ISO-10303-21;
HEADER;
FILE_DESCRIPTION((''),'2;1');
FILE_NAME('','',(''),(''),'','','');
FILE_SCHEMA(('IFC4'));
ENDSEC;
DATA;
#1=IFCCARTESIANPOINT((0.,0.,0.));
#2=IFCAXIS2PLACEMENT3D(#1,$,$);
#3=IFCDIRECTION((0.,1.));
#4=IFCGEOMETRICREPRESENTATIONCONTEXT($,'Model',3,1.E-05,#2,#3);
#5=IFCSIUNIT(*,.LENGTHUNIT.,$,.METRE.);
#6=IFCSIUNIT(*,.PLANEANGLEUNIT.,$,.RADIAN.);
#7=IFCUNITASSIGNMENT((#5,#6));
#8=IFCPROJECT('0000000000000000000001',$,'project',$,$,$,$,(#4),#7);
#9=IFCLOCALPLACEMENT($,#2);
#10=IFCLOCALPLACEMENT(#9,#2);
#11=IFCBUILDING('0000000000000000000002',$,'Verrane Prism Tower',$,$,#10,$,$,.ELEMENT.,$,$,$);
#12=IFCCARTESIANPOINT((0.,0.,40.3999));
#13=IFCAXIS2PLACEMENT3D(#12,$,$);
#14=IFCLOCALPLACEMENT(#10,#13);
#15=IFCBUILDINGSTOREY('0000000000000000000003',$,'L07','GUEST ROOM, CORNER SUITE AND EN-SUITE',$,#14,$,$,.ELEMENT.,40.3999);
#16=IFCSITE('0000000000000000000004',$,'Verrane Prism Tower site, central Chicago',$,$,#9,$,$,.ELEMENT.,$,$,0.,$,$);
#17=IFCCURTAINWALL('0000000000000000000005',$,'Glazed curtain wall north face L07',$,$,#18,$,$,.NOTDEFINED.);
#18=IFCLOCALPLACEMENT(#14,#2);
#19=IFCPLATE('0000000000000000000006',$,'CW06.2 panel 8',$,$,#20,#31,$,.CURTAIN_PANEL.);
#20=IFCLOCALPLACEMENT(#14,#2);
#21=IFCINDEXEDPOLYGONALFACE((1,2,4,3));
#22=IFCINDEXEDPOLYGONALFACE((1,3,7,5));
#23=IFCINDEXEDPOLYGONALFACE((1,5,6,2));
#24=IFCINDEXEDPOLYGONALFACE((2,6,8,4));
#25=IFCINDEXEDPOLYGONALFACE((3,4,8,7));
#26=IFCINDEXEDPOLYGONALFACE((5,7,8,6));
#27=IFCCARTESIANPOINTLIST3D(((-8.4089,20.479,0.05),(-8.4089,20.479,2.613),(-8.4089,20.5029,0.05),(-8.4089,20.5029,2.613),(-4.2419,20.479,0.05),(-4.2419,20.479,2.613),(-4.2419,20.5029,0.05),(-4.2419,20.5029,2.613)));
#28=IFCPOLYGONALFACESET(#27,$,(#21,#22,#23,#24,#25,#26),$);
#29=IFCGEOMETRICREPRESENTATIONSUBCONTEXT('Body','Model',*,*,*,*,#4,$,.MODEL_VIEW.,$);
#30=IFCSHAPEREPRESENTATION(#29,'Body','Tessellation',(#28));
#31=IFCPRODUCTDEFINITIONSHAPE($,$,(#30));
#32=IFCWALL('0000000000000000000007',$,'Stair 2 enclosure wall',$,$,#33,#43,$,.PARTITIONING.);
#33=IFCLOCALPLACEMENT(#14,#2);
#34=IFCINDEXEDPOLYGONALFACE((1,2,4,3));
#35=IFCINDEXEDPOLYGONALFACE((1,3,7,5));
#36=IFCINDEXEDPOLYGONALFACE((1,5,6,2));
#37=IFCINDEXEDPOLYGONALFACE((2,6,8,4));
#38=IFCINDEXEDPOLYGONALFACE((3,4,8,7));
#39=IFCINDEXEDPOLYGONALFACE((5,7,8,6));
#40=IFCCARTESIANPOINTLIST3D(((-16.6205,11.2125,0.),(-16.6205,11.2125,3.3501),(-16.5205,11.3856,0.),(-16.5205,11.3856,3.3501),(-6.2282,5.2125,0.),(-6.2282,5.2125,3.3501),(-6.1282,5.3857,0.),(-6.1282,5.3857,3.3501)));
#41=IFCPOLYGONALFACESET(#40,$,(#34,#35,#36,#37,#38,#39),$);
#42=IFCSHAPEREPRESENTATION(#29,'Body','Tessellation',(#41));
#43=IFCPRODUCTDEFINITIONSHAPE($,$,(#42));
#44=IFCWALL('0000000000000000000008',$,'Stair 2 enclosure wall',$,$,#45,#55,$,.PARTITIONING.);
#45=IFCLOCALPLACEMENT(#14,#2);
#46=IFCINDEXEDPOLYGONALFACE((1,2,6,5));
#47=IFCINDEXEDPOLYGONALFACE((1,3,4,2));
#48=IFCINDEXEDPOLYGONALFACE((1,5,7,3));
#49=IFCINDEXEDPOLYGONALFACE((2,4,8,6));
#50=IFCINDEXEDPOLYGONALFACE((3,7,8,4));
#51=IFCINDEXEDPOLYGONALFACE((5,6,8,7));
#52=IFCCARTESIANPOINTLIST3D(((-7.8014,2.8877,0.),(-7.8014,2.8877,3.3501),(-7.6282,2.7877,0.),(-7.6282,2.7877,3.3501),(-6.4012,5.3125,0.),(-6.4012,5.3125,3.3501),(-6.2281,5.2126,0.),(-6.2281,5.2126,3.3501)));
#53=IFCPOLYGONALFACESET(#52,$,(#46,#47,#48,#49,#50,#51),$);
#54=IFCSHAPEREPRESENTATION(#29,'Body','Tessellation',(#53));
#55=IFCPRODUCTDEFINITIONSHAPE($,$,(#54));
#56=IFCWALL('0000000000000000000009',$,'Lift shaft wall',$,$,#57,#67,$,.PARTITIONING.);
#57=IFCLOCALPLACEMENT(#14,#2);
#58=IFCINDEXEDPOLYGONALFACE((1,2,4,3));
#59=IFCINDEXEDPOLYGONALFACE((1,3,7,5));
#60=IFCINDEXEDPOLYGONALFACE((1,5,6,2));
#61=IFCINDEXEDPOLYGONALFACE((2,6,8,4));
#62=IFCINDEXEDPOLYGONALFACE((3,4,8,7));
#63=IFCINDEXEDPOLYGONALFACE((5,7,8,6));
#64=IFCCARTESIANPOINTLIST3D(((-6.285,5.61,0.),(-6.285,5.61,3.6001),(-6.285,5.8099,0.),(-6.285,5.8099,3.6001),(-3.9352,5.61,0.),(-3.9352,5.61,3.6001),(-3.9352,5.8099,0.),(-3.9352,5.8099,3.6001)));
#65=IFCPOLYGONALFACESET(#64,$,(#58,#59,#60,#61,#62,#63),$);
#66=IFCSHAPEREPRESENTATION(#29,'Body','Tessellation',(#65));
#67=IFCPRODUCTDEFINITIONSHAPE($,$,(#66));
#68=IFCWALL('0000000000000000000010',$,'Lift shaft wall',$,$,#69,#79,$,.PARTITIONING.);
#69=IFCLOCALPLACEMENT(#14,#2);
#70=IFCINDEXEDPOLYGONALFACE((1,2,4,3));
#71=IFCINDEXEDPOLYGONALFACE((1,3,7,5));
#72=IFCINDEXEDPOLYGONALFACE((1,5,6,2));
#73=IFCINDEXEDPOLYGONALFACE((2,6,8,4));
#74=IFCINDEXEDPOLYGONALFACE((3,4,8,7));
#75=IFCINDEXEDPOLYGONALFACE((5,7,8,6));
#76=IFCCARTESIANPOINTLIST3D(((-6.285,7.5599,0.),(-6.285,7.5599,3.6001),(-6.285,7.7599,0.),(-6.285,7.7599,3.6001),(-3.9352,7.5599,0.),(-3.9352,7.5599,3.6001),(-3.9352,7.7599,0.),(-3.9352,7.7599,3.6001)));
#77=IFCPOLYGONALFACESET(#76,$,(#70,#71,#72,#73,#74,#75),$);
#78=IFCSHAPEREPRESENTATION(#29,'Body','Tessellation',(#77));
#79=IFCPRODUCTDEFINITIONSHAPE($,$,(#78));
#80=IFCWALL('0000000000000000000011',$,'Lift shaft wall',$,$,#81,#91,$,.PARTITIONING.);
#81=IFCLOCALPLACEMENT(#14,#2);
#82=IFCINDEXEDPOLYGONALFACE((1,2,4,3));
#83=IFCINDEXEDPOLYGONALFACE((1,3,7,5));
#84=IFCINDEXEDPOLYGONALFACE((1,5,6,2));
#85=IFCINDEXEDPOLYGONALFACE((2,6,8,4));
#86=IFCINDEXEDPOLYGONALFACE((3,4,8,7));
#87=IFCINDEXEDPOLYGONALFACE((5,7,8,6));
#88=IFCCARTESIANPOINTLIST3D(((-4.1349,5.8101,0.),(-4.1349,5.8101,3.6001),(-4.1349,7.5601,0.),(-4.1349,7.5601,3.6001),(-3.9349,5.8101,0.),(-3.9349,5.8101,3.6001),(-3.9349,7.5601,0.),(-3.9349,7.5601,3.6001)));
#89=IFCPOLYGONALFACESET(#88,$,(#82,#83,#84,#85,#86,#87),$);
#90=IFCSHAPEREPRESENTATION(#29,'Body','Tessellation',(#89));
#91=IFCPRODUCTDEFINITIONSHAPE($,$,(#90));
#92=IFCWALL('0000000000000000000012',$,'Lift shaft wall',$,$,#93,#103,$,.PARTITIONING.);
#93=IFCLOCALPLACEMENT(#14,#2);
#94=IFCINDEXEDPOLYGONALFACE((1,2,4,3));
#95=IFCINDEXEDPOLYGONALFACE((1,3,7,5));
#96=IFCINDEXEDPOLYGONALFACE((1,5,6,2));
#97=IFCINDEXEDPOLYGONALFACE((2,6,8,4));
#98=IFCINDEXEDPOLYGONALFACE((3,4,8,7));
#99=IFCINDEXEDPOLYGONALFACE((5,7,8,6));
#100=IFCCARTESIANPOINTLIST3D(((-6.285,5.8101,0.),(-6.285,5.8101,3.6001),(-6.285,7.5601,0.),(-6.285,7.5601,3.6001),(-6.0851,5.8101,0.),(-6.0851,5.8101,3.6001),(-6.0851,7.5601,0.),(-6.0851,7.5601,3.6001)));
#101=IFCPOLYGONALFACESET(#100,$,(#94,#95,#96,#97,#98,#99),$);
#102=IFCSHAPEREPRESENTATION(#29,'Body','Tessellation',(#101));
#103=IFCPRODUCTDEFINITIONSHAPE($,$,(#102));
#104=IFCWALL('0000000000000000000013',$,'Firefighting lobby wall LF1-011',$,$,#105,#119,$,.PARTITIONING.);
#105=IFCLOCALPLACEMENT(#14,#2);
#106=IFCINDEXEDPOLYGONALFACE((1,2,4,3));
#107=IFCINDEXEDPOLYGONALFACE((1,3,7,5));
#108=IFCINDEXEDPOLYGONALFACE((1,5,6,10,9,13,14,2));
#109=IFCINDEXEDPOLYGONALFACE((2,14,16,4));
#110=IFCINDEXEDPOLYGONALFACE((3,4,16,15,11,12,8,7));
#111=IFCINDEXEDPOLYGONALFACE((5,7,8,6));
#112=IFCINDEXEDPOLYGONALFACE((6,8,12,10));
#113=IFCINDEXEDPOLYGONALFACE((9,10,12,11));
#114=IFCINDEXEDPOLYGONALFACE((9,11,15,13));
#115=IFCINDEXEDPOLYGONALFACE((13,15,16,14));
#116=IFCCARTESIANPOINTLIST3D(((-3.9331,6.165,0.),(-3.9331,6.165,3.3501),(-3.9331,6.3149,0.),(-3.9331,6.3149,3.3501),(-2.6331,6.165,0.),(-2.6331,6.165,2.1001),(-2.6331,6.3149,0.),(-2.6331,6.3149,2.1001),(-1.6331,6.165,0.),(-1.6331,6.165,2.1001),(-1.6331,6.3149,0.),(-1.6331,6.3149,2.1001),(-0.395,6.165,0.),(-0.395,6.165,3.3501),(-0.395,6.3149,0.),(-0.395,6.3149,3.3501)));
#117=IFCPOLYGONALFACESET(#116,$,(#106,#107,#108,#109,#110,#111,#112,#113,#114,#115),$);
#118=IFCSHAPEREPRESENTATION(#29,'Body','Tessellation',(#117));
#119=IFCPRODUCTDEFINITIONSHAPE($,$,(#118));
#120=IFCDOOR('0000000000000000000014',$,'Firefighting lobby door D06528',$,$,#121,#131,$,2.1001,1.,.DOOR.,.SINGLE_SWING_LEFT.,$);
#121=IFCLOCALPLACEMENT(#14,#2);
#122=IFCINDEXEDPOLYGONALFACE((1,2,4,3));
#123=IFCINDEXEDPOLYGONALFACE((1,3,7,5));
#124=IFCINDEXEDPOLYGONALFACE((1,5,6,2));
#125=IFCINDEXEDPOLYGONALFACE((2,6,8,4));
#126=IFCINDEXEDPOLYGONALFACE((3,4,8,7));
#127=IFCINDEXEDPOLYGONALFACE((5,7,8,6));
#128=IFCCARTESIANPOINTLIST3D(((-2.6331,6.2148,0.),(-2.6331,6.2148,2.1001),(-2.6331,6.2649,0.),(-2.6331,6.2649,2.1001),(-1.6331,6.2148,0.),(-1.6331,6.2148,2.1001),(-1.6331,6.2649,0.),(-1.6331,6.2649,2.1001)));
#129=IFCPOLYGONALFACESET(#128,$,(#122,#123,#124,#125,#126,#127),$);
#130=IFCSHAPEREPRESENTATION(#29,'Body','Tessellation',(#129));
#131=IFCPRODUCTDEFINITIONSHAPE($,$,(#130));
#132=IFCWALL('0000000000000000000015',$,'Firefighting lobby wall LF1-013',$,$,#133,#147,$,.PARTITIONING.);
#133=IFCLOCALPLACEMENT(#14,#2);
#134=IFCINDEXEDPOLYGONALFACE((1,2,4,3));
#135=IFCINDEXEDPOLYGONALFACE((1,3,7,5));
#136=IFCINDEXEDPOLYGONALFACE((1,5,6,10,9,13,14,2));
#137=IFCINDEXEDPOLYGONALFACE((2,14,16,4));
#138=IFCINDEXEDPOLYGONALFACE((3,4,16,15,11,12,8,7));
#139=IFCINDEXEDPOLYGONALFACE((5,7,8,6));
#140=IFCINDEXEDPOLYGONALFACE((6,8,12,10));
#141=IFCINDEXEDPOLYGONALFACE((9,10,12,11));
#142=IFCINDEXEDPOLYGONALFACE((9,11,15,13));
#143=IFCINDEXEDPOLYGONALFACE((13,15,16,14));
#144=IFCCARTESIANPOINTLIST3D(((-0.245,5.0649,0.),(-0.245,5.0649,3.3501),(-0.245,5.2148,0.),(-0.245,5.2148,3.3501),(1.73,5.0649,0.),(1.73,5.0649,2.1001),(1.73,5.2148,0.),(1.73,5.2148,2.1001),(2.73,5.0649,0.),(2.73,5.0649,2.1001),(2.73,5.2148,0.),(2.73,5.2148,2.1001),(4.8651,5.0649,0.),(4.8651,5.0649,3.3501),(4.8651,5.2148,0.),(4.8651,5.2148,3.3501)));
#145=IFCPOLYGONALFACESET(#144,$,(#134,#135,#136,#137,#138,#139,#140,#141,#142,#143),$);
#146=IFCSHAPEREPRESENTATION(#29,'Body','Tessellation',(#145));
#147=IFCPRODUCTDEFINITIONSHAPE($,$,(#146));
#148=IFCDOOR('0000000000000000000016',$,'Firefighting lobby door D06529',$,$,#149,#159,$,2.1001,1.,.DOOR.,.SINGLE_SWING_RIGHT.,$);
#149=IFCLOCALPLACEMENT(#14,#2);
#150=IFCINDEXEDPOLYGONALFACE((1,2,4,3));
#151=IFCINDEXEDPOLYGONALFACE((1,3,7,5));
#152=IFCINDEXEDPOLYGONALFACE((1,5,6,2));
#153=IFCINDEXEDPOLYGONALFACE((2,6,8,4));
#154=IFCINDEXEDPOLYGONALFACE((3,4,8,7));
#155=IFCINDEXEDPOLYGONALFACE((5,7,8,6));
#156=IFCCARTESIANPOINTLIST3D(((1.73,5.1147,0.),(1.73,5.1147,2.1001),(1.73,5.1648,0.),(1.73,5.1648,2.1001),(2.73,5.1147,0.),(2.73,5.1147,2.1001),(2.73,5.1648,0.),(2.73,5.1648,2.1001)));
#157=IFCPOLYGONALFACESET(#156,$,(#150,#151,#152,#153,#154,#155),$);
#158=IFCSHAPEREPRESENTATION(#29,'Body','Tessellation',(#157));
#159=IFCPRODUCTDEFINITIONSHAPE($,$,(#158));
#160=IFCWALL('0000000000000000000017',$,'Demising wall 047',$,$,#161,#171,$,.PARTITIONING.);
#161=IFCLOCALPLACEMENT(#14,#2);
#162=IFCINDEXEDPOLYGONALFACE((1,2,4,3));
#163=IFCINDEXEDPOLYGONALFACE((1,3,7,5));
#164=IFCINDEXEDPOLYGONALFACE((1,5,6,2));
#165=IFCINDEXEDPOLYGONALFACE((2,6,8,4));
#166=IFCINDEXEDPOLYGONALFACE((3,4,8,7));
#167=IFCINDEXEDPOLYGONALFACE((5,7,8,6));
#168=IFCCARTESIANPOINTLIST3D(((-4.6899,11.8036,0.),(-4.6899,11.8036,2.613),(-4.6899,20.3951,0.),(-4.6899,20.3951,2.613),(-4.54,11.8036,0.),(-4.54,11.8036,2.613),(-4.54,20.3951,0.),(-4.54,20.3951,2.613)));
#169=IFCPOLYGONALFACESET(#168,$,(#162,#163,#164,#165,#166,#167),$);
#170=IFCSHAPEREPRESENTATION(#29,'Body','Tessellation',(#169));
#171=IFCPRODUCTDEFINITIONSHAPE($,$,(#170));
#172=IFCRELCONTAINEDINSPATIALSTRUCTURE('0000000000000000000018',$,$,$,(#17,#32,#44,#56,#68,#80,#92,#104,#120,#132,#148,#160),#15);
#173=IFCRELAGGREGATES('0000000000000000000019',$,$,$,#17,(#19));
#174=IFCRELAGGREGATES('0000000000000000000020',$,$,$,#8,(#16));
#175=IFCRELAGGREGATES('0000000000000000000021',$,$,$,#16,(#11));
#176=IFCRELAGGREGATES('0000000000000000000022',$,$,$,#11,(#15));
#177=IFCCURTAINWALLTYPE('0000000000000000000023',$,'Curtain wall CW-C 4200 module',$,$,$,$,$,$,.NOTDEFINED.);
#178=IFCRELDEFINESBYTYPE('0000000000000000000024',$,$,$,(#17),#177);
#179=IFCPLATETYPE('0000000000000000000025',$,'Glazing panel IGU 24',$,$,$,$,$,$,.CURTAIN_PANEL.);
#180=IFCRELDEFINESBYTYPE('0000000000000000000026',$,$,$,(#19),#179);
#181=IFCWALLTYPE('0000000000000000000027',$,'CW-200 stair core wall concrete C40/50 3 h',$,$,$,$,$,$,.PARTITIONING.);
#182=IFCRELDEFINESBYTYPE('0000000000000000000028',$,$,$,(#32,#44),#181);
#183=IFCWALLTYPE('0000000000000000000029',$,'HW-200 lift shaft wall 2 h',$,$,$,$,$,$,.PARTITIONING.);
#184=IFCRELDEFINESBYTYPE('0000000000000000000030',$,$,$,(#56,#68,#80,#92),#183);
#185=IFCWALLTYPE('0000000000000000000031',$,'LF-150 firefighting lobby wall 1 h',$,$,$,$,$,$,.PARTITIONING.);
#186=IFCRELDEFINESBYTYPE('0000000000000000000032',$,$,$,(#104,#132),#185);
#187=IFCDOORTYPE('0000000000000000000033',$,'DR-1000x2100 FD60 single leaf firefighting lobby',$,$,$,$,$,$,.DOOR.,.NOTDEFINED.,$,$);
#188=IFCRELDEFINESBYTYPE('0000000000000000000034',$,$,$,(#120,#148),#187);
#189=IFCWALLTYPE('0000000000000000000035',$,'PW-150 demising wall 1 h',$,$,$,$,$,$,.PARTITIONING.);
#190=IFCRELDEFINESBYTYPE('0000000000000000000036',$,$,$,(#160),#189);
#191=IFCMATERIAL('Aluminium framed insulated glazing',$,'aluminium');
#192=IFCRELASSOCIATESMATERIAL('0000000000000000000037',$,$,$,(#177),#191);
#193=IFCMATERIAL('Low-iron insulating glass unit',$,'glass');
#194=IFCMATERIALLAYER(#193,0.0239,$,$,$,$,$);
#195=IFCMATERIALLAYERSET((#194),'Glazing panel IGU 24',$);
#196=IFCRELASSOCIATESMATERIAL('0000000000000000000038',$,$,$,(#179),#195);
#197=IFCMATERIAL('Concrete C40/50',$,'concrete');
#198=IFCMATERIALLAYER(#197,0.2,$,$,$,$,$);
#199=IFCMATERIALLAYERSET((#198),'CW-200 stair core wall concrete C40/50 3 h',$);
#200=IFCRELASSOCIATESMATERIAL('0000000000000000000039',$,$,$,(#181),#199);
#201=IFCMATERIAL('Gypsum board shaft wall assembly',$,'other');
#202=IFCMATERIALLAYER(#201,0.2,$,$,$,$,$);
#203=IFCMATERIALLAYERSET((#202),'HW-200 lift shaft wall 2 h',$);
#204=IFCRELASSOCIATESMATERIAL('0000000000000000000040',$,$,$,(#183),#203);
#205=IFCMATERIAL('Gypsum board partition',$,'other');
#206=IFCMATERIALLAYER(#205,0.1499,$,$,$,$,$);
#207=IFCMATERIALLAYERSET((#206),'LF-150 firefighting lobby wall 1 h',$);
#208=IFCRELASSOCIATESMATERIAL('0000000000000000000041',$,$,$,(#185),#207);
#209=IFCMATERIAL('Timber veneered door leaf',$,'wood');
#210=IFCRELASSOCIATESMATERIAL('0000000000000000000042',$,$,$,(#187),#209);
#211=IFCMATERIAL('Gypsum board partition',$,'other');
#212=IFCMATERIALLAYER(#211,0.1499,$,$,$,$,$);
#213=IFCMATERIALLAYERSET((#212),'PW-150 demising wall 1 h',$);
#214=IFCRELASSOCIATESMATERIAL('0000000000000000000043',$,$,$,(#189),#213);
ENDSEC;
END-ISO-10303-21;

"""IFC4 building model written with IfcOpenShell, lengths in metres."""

from ifc_helpers import new_model, si_unit, direction, frame, frame_2d, origin, origin_2d, place, context, subcontext, project, spatial, rectangle, extrude, material, layer, layer_set, type_object, element, fill, aggregate, save


model = new_model("IFC4")

# Units and contexts
model_context = context("Model", 3, precision=1e-05, world=origin(), true_north=direction((0.0, 1.0)))
body_context = subcontext(model_context, "Body", "Model", "MODEL_VIEW")
ifc_project = project(units=[si_unit("LENGTHUNIT", "METRE"), si_unit("PLANEANGLEUNIT", "RADIAN")], contexts=[model_context])

# Site, building, storey
site_placement = place(None, origin())
site = spatial("IfcSite", under=ifc_project, at=site_placement, Name="Verrane Prism Tower site, central Chicago", CompositionType="ELEMENT", RefElevation=0.0)
building_placement = place(site_placement, origin())
building = spatial("IfcBuilding", under=site, at=building_placement, Name="Verrane Prism Tower", CompositionType="ELEMENT")
storey_placement = place(building_placement, frame((0.0, 0.0, 40.3999)))
storey = spatial("IfcBuildingStorey", under=building, at=storey_placement, Name="L07", Description="GUEST ROOM, CORNER SUITE AND EN-SUITE", CompositionType="ELEMENT", Elevation=40.3999)

# Curtain wall
ifc_material_1 = material(Name="Aluminium framed insulated glazing", Category="aluminium")
curtain_wall_type = type_object("IfcCurtainWallType", Name="Curtain wall CW-C 4200 module", PredefinedType="NOTDEFINED", material=ifc_material_1)
curtain_wall_placement = place(storey_placement, origin())
curtain_wall = element("IfcCurtainWall", 1, at=curtain_wall_placement, inside=storey, type_object=curtain_wall_type, Name="Glazed curtain wall north face L07", PredefinedType="NOTDEFINED")

# Plate
ifc_material_2 = material(Name="Low-iron insulating glass unit", Category="glass")
ifc_layer_1 = layer(ifc_material_2, 0.0239)
ifc_layer_set_1 = layer_set([ifc_layer_1], Name="Glazing panel IGU 24")
plate_type = type_object("IfcPlateType", Name="Glazing panel IGU 24", PredefinedType="CURTAIN_PANEL", material=ifc_layer_set_1)
plate_1_placement = place(storey_placement, frame((-6.3254, 20.491, 0.05), z_axis=(0.0, 0.0, 1.0), x_axis=(-1.0, 0.0, 0.0)))
plate_1 = element("IfcPlate", 2, at=plate_1_placement, type_object=plate_type, Name="CW06.2 panel 8", PredefinedType="CURTAIN_PANEL", context=body_context, shape_type="SweptSolid", body=[
    extrude(rectangle(XDim=4.167, YDim=0.0239, at=origin_2d()), origin(), (0.0, 0.0, 1.0), 2.563),
])
aggregate(curtain_wall, [plate_1])

# Walls
ifc_material_3 = material(Name="Concrete C40/50", Category="concrete")
ifc_layer_2 = layer(ifc_material_3, 0.2)
ifc_layer_set_2 = layer_set([ifc_layer_2], Name="CW-200 stair core wall concrete C40/50 3 h")
wall_type_1 = type_object("IfcWallType", Name="CW-200 stair core wall concrete C40/50 3 h", PredefinedType="PARTITIONING", material=ifc_layer_set_2)
wall_1_placement = place(storey_placement, frame((-6.1782, 5.2991, 0.0), z_axis=(0.0, 0.0, 1.0), x_axis=(-0.866026, 0.499999, 0.0)))
element("IfcWall", 3, at=wall_1_placement, inside=storey, type_object=wall_type_1, Name="Stair 2 enclosure wall", PredefinedType="PARTITIONING", context=body_context, shape_type="SweptSolid", body=[
    extrude(rectangle(XDim=12.0, YDim=0.2, at=frame_2d((6.0, 0.0))), origin(), (0.0, 0.0, 1.0), 3.3501),
])
wall_2_placement = place(storey_placement, frame((-6.3147, 5.2625, 0.0), z_axis=(0.0, 0.0, 1.0), x_axis=(-0.50005, -0.865997, 0.0)))
element("IfcWall", 4, at=wall_2_placement, inside=storey, type_object=wall_type_1, Name="Stair 2 enclosure wall", PredefinedType="PARTITIONING", context=body_context, shape_type="SweptSolid", body=[
    extrude(rectangle(XDim=2.8, YDim=0.2, at=frame_2d((1.3999, 0.0))), origin(), (0.0, 0.0, 1.0), 3.3501),
])
ifc_material_4 = material(Name="Gypsum board shaft wall assembly", Category="other")
ifc_layer_3 = layer(ifc_material_4, 0.2)
ifc_layer_set_3 = layer_set([ifc_layer_3], Name="HW-200 lift shaft wall 2 h")
wall_type_2 = type_object("IfcWallType", Name="HW-200 lift shaft wall 2 h", PredefinedType="PARTITIONING", material=ifc_layer_set_3)
for number, where, z_axis, x_axis, name in (
    (5, (-6.2849, 5.71, 0.0), (0.0, 0.0, 1.0), (1.0, 0.0, 0.0), "Lift shaft wall"),
    (6, (-6.2849, 7.6599, 0.0), (0.0, 0.0, 1.0), (1.0, 0.0, 0.0), "Lift shaft wall"),
):
    element("IfcWall", number, at=place(storey_placement, frame(where, z_axis=z_axis, x_axis=x_axis)), inside=storey, type_object=wall_type_2, Name=name, PredefinedType="PARTITIONING", context=body_context, shape_type="SweptSolid", body=[
        extrude(rectangle(XDim=2.3499, YDim=0.2, at=frame_2d((1.1748, 0.0))), origin(), (0.0, 0.0, 1.0), 3.6001),
    ])
for number, where, z_axis, x_axis, name in (
    (7, (-4.0349, 5.8101, 0.0), (0.0, 0.0, 1.0), (0.0, 1.0, 0.0), "Lift shaft wall"),
    (8, (-6.1851, 5.8101, 0.0), (0.0, 0.0, 1.0), (0.0, 1.0, 0.0), "Lift shaft wall"),
):
    element("IfcWall", number, at=place(storey_placement, frame(where, z_axis=z_axis, x_axis=x_axis)), inside=storey, type_object=wall_type_2, Name=name, PredefinedType="PARTITIONING", context=body_context, shape_type="SweptSolid", body=[
        extrude(rectangle(XDim=1.75, YDim=0.2, at=frame_2d((0.875, 0.0))), origin(), (0.0, 0.0, 1.0), 3.6001),
    ])

# Walls, openings, doors
ifc_material_5 = material(Name="Gypsum board partition", Category="other")
ifc_layer_4 = layer(ifc_material_5, 0.1499)
ifc_layer_set_4 = layer_set([ifc_layer_4], Name="LF-150 firefighting lobby wall 1 h")
wall_type_3 = type_object("IfcWallType", Name="LF-150 firefighting lobby wall 1 h", PredefinedType="PARTITIONING", material=ifc_layer_set_4)
wall_3_placement = place(storey_placement, frame((-3.9331, 6.24, 0.0), z_axis=(0.0, 0.0, 1.0), x_axis=(1.0, 0.0, 0.0)))
wall_3 = element("IfcWall", 9, at=wall_3_placement, inside=storey, type_object=wall_type_3, Name="Firefighting lobby wall LF1-011", PredefinedType="PARTITIONING", context=body_context, shape_type="SweptSolid", body=[
    extrude(rectangle(XDim=3.5381, YDim=0.1499, at=frame_2d((1.769, 0.0))), origin(), (0.0, 0.0, 1.0), 3.3501),
])
opening_1_placement = place(wall_3_placement, frame((1.3, 0.0, 0.0)))
opening_1 = element("IfcOpeningElement", 10, at=opening_1_placement, cuts=wall_3, PredefinedType="OPENING", context=body_context, shape_type="SweptSolid", body=[
    extrude(rectangle(XDim=1.0, YDim=2.1001, at=frame_2d((0.5, 1.05))), frame((0.0, 0.085, 0.0), z_axis=(0.0, -1.0, 0.0), x_axis=(1.0, 0.0, 0.0)), (0.0, 0.0, 1.0), 0.1699),
])
ifc_material_6 = material(Name="Timber veneered door leaf", Category="wood")
door_type_1 = type_object("IfcDoorType", Name="DR-1000x2100 FD60 single leaf firefighting lobby", OperationType="NOTDEFINED", PredefinedType="DOOR", material=ifc_material_6)
door_1_placement = place(opening_1_placement, origin())
door_1 = element("IfcDoor", 11, at=door_1_placement, inside=storey, type_object=door_type_1, Name="Firefighting lobby door D06528", OperationType="SINGLE_SWING_LEFT", OverallHeight=2.1001, OverallWidth=1.0, PredefinedType="DOOR", context=body_context, shape_type="SweptSolid", body=[
    extrude(rectangle(XDim=1.0, YDim=2.1001, at=frame_2d((0.5, 1.05))), frame((0.0, 0.0249, 0.0), z_axis=(0.0, -1.0, 0.0), x_axis=(1.0, 0.0, 0.0)), (0.0, 0.0, 1.0), 0.05),
])
fill(opening_1, door_1)
wall_4_placement = place(storey_placement, frame((-0.2451, 5.1399, 0.0), z_axis=(0.0, 0.0, 1.0), x_axis=(1.0, 0.0, 0.0)))
wall_4 = element("IfcWall", 12, at=wall_4_placement, inside=storey, type_object=wall_type_3, Name="Firefighting lobby wall LF1-013", PredefinedType="PARTITIONING", context=body_context, shape_type="SweptSolid", body=[
    extrude(rectangle(XDim=5.1101, YDim=0.1499, at=frame_2d((2.5552, 0.0))), origin(), (0.0, 0.0, 1.0), 3.3501),
])
opening_2_placement = place(wall_4_placement, frame((1.9751, 0.0, 0.0)))
opening_2 = element("IfcOpeningElement", 13, at=opening_2_placement, cuts=wall_4, PredefinedType="OPENING", context=body_context, shape_type="SweptSolid", body=[
    extrude(rectangle(XDim=1.0, YDim=2.1001, at=frame_2d((0.5, 1.05))), frame((0.0, 0.085, 0.0), z_axis=(0.0, -1.0, 0.0), x_axis=(1.0, 0.0, 0.0)), (0.0, 0.0, 1.0), 0.1699),
])
door_2_placement = place(opening_2_placement, origin())
door_2 = element("IfcDoor", 14, at=door_2_placement, inside=storey, type_object=door_type_1, Name="Firefighting lobby door D06529", OperationType="SINGLE_SWING_RIGHT", OverallHeight=2.1001, OverallWidth=1.0, PredefinedType="DOOR", context=body_context, shape_type="SweptSolid", body=[
    extrude(rectangle(XDim=1.0, YDim=2.1001, at=frame_2d((0.5, 1.05))), frame((0.0, 0.0249, 0.0), z_axis=(0.0, -1.0, 0.0), x_axis=(1.0, 0.0, 0.0)), (0.0, 0.0, 1.0), 0.05),
])
fill(opening_2, door_2)

# Wall
ifc_material_7 = material(Name="Gypsum board partition", Category="other")
ifc_layer_5 = layer(ifc_material_7, 0.1499)
ifc_layer_set_5 = layer_set([ifc_layer_5], Name="PW-150 demising wall 1 h")
wall_type_4 = type_object("IfcWallType", Name="PW-150 demising wall 1 h", PredefinedType="PARTITIONING", material=ifc_layer_set_5)
wall_5_placement = place(storey_placement, frame((-4.615, 11.8035, 0.0), z_axis=(0.0, 0.0, 1.0), x_axis=(0.0, 1.0, 0.0)))
element("IfcWall", 15, at=wall_5_placement, inside=storey, type_object=wall_type_4, Name="Demising wall 047", PredefinedType="PARTITIONING", context=body_context, shape_type="SweptSolid", body=[
    extrude(rectangle(XDim=8.5916, YDim=0.1499, at=frame_2d((4.2959, 0.0))), origin(), (0.0, 0.0, 1.0), 2.613),
])

save(model, "model.ifc")
